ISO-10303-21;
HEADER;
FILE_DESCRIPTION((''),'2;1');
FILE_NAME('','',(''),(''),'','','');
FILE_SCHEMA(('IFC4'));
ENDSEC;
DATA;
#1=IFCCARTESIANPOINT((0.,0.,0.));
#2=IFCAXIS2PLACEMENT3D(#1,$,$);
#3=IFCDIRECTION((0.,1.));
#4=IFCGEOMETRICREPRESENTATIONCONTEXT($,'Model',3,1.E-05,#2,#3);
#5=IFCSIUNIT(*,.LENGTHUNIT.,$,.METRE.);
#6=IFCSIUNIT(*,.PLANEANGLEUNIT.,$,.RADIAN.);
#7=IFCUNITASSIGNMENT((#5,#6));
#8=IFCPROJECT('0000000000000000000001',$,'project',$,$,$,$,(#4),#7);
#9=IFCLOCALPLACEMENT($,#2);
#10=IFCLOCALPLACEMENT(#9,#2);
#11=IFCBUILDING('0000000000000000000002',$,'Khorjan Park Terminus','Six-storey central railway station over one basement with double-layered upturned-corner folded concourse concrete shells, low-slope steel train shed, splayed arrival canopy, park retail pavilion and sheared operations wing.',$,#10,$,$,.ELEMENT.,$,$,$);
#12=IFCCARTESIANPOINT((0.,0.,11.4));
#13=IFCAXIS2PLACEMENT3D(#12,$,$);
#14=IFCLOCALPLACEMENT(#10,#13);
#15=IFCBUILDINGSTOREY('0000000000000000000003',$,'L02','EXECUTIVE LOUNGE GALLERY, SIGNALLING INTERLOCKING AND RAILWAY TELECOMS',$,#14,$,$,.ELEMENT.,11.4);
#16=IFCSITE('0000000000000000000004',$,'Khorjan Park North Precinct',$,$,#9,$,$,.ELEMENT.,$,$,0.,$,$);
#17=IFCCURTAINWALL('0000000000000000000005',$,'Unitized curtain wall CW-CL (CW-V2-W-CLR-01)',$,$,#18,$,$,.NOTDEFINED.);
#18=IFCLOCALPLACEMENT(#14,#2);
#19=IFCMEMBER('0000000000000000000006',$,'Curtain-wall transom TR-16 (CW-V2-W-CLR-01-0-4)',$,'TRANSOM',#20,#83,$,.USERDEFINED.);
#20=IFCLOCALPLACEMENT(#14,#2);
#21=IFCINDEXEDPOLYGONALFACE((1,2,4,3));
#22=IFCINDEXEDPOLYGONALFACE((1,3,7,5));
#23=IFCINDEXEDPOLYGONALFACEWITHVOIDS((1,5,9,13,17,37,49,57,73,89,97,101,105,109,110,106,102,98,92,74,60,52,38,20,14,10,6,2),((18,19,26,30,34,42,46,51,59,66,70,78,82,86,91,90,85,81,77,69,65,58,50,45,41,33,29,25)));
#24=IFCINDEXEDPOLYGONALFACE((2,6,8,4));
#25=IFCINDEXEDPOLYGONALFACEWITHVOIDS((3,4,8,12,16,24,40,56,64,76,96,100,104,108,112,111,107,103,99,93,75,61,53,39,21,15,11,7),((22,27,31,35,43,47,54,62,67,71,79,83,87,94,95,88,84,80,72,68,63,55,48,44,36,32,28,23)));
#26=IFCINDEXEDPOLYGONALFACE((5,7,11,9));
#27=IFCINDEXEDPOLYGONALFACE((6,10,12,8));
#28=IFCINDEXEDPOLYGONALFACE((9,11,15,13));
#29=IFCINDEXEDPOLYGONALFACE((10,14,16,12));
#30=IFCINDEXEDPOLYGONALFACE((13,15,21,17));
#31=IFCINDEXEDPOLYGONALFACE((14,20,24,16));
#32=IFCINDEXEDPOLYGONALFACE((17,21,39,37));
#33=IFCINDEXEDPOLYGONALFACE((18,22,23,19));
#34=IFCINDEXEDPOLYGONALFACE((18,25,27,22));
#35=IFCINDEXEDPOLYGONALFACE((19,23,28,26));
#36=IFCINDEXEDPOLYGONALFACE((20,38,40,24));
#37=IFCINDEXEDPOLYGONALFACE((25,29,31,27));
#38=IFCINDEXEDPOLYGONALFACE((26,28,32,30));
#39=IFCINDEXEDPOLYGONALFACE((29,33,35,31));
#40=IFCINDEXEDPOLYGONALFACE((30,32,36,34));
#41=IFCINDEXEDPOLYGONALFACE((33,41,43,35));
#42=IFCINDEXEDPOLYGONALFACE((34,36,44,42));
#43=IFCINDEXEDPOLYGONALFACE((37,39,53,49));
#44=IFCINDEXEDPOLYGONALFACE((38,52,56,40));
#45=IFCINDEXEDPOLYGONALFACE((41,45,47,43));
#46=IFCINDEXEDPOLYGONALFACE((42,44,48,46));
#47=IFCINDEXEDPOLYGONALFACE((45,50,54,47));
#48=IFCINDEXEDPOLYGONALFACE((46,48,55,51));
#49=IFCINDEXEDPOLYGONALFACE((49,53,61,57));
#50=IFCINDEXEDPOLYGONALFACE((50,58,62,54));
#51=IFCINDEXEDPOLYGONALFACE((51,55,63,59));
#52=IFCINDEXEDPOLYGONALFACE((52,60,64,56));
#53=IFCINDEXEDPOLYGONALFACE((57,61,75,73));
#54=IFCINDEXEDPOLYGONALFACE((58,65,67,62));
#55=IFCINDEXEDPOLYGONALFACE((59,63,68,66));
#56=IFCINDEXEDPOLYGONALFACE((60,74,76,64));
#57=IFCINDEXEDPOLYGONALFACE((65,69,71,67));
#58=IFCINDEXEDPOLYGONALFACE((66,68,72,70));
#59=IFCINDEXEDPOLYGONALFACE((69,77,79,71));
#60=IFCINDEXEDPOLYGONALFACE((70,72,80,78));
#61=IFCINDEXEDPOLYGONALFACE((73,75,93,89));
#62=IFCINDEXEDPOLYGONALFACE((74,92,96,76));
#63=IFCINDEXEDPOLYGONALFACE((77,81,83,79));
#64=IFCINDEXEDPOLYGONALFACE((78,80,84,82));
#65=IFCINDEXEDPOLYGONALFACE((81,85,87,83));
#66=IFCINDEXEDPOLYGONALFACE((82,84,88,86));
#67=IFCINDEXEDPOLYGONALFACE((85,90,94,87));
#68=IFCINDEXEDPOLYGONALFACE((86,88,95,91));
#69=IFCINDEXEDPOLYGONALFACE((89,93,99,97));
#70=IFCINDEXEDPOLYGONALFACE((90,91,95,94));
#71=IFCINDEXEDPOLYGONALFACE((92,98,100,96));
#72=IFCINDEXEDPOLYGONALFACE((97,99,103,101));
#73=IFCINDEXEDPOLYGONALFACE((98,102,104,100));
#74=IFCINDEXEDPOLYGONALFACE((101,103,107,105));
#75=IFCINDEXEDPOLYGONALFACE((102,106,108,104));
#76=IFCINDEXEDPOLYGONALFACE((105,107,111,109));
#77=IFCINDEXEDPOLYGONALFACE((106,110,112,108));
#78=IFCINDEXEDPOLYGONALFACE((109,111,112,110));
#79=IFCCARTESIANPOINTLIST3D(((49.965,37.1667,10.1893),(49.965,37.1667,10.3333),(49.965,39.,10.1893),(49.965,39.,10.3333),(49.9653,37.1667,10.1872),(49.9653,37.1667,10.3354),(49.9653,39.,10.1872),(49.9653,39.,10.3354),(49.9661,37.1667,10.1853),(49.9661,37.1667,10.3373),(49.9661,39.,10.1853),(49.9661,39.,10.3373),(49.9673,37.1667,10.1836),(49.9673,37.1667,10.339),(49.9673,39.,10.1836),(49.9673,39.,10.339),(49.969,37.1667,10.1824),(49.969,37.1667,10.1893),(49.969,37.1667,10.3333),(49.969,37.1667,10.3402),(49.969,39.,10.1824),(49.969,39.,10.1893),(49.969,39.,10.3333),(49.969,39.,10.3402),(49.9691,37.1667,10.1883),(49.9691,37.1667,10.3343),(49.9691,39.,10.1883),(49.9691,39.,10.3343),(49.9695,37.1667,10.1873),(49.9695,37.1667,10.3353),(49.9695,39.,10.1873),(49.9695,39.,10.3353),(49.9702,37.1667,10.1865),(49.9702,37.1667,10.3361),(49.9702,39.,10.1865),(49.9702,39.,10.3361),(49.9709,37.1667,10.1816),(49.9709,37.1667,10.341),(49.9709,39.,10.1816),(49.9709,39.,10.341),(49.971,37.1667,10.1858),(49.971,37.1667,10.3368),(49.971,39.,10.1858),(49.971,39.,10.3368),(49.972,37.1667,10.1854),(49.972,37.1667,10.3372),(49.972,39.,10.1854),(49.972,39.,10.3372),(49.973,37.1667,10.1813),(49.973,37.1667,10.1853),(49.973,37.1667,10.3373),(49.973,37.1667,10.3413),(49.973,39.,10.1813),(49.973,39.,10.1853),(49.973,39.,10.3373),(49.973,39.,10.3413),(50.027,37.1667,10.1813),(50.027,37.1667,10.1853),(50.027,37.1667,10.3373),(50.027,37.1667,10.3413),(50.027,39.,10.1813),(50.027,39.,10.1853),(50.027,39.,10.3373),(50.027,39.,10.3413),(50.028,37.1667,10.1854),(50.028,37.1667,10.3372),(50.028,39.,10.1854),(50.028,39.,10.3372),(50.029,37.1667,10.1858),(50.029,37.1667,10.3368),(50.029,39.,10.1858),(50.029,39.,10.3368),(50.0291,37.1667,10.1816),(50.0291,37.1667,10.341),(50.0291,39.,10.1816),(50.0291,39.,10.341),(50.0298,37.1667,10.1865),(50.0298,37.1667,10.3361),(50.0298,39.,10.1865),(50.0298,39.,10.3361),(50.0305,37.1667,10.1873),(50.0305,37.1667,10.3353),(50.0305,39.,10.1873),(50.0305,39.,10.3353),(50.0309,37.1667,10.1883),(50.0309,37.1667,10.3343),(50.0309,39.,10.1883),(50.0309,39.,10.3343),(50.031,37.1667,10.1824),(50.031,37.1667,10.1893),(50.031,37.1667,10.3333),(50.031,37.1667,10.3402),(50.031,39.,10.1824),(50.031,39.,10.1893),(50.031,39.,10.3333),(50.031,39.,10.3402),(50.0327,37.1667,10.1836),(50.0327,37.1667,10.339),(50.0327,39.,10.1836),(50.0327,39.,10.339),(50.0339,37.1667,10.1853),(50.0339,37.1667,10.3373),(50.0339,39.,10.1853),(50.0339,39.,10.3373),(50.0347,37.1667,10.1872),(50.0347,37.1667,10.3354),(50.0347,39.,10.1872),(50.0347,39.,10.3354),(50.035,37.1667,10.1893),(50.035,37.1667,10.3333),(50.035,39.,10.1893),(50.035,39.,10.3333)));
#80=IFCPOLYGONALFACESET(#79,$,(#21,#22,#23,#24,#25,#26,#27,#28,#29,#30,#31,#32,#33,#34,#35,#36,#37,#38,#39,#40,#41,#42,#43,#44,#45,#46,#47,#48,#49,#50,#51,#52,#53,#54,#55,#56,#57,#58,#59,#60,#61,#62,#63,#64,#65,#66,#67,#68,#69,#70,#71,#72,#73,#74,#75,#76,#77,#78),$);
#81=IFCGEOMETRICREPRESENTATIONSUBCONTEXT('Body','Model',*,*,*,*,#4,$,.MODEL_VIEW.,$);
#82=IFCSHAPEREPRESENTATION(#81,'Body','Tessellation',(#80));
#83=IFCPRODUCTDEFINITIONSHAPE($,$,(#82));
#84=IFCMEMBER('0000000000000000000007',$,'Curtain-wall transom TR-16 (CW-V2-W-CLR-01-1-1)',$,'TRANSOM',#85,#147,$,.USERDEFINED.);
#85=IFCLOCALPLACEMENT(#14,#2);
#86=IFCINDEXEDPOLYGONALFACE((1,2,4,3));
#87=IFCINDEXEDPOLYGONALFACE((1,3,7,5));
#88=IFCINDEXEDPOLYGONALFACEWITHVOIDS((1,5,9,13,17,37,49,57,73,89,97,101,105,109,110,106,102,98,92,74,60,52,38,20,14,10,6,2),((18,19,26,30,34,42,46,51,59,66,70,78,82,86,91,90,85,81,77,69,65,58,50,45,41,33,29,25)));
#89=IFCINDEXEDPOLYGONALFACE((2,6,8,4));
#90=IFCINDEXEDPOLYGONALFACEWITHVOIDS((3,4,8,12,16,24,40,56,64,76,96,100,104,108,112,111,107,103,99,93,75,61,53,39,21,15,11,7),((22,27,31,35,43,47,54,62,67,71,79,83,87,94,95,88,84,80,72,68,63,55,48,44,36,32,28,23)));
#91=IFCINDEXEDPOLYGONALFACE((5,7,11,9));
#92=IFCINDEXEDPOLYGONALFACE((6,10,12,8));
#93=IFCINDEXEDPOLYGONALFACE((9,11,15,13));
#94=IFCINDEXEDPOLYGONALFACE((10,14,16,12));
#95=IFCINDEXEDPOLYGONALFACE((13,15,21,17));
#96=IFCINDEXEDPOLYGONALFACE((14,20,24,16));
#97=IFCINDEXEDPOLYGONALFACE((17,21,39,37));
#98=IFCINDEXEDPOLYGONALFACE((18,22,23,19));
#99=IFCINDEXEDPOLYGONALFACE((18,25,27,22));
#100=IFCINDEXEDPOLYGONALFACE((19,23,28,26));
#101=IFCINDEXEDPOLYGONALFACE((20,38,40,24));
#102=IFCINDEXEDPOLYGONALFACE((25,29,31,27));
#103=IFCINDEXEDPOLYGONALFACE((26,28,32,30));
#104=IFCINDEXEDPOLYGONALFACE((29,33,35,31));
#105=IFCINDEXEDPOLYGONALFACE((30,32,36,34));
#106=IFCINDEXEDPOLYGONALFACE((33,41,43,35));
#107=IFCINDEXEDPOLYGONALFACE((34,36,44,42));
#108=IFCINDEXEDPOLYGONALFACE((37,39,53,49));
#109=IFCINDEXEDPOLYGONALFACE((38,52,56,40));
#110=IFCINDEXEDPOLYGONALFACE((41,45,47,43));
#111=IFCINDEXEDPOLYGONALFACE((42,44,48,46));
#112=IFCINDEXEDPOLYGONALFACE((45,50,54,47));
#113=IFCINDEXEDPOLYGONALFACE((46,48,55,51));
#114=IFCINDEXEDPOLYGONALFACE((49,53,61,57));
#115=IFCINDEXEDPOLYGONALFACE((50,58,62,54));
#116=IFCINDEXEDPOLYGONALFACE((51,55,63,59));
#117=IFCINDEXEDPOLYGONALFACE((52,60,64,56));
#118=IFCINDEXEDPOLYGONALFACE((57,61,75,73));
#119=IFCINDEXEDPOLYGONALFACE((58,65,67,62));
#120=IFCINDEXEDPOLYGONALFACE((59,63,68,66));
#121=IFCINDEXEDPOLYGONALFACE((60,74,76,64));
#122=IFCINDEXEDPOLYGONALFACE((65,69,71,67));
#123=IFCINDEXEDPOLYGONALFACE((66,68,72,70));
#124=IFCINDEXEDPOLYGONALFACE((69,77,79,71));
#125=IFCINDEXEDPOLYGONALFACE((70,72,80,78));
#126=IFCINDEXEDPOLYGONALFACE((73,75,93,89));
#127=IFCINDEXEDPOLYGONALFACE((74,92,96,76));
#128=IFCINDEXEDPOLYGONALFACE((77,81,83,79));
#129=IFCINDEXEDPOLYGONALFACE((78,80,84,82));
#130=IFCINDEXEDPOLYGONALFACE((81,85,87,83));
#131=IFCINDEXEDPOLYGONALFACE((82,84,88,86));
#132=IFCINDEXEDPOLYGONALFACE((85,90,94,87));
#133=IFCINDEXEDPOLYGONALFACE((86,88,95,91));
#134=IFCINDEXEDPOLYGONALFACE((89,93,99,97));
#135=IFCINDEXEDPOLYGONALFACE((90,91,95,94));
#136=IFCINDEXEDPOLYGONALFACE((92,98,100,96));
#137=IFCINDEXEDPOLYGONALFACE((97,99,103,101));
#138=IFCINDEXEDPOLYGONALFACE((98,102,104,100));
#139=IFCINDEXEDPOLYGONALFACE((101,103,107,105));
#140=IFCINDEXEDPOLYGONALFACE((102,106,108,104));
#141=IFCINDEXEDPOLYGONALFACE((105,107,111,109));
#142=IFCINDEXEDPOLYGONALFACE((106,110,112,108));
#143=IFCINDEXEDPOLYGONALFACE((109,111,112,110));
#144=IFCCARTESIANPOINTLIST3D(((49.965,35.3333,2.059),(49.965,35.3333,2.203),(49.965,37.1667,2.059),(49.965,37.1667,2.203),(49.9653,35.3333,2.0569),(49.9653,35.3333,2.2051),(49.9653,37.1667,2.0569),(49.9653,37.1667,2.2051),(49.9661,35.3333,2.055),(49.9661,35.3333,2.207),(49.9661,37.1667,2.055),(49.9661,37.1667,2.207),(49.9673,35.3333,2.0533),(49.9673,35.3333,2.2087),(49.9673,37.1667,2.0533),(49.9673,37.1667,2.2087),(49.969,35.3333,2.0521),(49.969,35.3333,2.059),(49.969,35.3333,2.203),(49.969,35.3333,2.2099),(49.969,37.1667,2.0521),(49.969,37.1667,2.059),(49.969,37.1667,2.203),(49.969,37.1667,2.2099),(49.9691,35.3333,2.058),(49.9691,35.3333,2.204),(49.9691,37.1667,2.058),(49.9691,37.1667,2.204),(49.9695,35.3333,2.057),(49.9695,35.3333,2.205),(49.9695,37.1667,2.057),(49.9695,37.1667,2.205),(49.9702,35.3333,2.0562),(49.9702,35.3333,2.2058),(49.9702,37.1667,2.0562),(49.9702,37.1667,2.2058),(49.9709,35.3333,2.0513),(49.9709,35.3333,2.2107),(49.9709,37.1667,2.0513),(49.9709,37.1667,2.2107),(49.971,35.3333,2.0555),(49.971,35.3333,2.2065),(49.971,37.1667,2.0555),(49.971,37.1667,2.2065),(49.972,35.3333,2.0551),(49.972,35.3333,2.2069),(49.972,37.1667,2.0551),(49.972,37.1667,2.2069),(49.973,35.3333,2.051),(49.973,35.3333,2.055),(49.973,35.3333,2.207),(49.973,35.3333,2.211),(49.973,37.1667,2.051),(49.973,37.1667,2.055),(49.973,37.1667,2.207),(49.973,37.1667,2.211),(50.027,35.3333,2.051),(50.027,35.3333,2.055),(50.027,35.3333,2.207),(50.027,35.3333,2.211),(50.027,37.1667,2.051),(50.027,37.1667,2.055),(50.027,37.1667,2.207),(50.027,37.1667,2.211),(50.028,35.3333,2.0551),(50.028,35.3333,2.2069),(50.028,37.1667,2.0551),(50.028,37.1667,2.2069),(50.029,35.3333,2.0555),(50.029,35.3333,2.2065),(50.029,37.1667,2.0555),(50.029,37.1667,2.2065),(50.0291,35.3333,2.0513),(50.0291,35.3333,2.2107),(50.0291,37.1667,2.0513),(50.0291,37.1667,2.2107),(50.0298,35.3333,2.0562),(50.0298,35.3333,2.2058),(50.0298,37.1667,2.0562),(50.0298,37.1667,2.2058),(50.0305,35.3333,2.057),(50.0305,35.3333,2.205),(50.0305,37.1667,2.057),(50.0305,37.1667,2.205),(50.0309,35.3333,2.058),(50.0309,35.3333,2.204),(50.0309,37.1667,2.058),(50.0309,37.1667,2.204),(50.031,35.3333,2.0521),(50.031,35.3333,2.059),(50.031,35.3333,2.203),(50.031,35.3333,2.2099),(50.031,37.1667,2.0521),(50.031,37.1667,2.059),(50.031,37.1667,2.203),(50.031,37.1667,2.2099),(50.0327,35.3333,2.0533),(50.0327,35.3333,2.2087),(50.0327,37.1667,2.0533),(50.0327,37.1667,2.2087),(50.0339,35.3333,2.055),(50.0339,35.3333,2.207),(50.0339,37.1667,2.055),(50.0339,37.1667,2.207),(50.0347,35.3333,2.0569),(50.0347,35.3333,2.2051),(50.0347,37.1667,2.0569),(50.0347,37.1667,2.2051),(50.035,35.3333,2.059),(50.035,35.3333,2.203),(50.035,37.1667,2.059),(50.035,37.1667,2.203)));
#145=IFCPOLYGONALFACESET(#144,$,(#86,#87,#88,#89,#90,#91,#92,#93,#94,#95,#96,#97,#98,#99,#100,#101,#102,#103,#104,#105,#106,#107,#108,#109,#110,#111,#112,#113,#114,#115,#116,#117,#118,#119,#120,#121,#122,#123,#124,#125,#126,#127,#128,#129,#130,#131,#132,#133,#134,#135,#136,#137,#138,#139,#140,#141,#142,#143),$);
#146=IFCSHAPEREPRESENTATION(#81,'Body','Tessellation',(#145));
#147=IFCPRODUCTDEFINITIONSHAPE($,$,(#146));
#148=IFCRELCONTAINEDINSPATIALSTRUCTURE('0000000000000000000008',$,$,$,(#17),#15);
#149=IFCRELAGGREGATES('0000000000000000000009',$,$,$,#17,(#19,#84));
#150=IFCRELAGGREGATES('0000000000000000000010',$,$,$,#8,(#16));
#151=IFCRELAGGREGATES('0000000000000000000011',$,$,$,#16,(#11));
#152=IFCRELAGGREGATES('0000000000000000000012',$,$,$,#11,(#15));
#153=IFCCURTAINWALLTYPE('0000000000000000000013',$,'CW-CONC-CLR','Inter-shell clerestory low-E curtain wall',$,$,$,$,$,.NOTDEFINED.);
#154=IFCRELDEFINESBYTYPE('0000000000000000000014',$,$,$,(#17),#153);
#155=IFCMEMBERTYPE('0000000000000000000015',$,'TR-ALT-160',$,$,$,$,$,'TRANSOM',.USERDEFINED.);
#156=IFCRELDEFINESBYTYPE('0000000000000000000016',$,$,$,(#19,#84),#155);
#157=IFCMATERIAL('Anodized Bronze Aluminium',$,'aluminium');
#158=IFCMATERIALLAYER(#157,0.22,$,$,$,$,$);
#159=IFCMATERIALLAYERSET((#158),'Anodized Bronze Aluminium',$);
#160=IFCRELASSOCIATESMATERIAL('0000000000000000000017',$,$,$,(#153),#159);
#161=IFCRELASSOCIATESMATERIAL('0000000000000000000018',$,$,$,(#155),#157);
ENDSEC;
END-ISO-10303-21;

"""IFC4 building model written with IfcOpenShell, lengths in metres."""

from ifc_helpers import new_model, si_unit, direction, frame, origin, origin_2d, place, context, subcontext, project, spatial, hollow_rectangle, extrude, material, layer, layer_set, material_profile, profile_set, type_object, element, aggregate, save


model = new_model("IFC4")

# Units and contexts
model_context = context("Model", 3, precision=1e-05, world=origin(), true_north=direction((0.0, 1.0)))
body_context = subcontext(model_context, "Body", "Model", "MODEL_VIEW")
ifc_project = project(units=[si_unit("LENGTHUNIT", "METRE"), si_unit("PLANEANGLEUNIT", "RADIAN")], contexts=[model_context])

# Site, building, storey
site_placement = place(None, origin())
site = spatial("IfcSite", under=ifc_project, at=site_placement, Name="Khorjan Park North Precinct", CompositionType="ELEMENT", RefElevation=0.0)
building_placement = place(site_placement, origin())
building = spatial("IfcBuilding", under=site, at=building_placement, Name="Khorjan Park Terminus", Description="Six-storey central railway station over one basement with double-layered upturned-corner folded concourse concrete shells, low-slope steel train shed, splayed arrival canopy, park retail pavilion and sheared operations wing.", CompositionType="ELEMENT")
storey_placement = place(building_placement, frame((0.0, 0.0, 11.4)))
storey = spatial("IfcBuildingStorey", under=building, at=storey_placement, Name="L02", Description="EXECUTIVE LOUNGE GALLERY, SIGNALLING INTERLOCKING AND RAILWAY TELECOMS", CompositionType="ELEMENT", Elevation=11.4)

# Curtain wall, members
ifc_material_1 = material(Name="Anodized Bronze Aluminium", Category="aluminium")
ifc_layer_1 = layer(ifc_material_1, 0.22)
ifc_layer_set_1 = layer_set([ifc_layer_1], Name="Anodized Bronze Aluminium")
curtain_wall_type = type_object("IfcCurtainWallType", Name="CW-CONC-CLR", Description="Inter-shell clerestory low-E curtain wall", PredefinedType="NOTDEFINED", material=ifc_layer_set_1)
curtain_wall_1_placement = place(storey_placement, origin())
curtain_wall_1 = element("IfcCurtainWall", 1, at=curtain_wall_1_placement, inside=storey, type_object=curtain_wall_type, Name="Unitized curtain wall CW-CL (CW-V2-W-CLR-01)", PredefinedType="NOTDEFINED")
ifc_material_profile_1 = material_profile(ifc_material_1, hollow_rectangle(XDim=0.07, YDim=0.16, WallThickness=0.004, InnerFilletRadius=0.004, OuterFilletRadius=0.008, at=origin_2d()), Name="ALT 70x160x4")
ifc_profile_set_1 = profile_set([ifc_material_profile_1], Name="Anodized Bronze Aluminium")
member_type_1 = type_object("IfcMemberType", Name="TR-ALT-160", ElementType="TRANSOM", PredefinedType="USERDEFINED", material=ifc_profile_set_1)
member_1_placement = place(storey_placement, frame((50.0, 39.0, 10.2613), z_axis=(0.0, -1.0, 0.0), x_axis=(1.0, 0.0, 0.0)))
member_1 = element("IfcMember", 2, at=member_1_placement, type_object=member_type_1, Name="Curtain-wall transom TR-16 (CW-V2-W-CLR-01-0-4)", ObjectType="TRANSOM", PredefinedType="USERDEFINED", context=body_context, shape_type="SweptSolid", body=[
    extrude(hollow_rectangle(XDim=0.07, YDim=0.16, WallThickness=0.004, InnerFilletRadius=0.004, OuterFilletRadius=0.008, at=origin_2d()), origin(), (0.0, 0.0, 1.0), 1.8333),
])
member_2_placement = place(storey_placement, frame((50.0, 37.1667, 2.131), z_axis=(0.0, -1.0, 0.0), x_axis=(1.0, 0.0, 0.0)))
member_2 = element("IfcMember", 3, at=member_2_placement, type_object=member_type_1, Name="Curtain-wall transom TR-16 (CW-V2-W-CLR-01-1-1)", ObjectType="TRANSOM", PredefinedType="USERDEFINED", context=body_context, shape_type="SweptSolid", body=[
    extrude(hollow_rectangle(XDim=0.07, YDim=0.16, WallThickness=0.004, InnerFilletRadius=0.004, OuterFilletRadius=0.008, at=origin_2d()), origin(), (0.0, 0.0, 1.0), 1.8334),
])

aggregate(curtain_wall_1, [member_1, member_2])

save(model, "model.ifc")
